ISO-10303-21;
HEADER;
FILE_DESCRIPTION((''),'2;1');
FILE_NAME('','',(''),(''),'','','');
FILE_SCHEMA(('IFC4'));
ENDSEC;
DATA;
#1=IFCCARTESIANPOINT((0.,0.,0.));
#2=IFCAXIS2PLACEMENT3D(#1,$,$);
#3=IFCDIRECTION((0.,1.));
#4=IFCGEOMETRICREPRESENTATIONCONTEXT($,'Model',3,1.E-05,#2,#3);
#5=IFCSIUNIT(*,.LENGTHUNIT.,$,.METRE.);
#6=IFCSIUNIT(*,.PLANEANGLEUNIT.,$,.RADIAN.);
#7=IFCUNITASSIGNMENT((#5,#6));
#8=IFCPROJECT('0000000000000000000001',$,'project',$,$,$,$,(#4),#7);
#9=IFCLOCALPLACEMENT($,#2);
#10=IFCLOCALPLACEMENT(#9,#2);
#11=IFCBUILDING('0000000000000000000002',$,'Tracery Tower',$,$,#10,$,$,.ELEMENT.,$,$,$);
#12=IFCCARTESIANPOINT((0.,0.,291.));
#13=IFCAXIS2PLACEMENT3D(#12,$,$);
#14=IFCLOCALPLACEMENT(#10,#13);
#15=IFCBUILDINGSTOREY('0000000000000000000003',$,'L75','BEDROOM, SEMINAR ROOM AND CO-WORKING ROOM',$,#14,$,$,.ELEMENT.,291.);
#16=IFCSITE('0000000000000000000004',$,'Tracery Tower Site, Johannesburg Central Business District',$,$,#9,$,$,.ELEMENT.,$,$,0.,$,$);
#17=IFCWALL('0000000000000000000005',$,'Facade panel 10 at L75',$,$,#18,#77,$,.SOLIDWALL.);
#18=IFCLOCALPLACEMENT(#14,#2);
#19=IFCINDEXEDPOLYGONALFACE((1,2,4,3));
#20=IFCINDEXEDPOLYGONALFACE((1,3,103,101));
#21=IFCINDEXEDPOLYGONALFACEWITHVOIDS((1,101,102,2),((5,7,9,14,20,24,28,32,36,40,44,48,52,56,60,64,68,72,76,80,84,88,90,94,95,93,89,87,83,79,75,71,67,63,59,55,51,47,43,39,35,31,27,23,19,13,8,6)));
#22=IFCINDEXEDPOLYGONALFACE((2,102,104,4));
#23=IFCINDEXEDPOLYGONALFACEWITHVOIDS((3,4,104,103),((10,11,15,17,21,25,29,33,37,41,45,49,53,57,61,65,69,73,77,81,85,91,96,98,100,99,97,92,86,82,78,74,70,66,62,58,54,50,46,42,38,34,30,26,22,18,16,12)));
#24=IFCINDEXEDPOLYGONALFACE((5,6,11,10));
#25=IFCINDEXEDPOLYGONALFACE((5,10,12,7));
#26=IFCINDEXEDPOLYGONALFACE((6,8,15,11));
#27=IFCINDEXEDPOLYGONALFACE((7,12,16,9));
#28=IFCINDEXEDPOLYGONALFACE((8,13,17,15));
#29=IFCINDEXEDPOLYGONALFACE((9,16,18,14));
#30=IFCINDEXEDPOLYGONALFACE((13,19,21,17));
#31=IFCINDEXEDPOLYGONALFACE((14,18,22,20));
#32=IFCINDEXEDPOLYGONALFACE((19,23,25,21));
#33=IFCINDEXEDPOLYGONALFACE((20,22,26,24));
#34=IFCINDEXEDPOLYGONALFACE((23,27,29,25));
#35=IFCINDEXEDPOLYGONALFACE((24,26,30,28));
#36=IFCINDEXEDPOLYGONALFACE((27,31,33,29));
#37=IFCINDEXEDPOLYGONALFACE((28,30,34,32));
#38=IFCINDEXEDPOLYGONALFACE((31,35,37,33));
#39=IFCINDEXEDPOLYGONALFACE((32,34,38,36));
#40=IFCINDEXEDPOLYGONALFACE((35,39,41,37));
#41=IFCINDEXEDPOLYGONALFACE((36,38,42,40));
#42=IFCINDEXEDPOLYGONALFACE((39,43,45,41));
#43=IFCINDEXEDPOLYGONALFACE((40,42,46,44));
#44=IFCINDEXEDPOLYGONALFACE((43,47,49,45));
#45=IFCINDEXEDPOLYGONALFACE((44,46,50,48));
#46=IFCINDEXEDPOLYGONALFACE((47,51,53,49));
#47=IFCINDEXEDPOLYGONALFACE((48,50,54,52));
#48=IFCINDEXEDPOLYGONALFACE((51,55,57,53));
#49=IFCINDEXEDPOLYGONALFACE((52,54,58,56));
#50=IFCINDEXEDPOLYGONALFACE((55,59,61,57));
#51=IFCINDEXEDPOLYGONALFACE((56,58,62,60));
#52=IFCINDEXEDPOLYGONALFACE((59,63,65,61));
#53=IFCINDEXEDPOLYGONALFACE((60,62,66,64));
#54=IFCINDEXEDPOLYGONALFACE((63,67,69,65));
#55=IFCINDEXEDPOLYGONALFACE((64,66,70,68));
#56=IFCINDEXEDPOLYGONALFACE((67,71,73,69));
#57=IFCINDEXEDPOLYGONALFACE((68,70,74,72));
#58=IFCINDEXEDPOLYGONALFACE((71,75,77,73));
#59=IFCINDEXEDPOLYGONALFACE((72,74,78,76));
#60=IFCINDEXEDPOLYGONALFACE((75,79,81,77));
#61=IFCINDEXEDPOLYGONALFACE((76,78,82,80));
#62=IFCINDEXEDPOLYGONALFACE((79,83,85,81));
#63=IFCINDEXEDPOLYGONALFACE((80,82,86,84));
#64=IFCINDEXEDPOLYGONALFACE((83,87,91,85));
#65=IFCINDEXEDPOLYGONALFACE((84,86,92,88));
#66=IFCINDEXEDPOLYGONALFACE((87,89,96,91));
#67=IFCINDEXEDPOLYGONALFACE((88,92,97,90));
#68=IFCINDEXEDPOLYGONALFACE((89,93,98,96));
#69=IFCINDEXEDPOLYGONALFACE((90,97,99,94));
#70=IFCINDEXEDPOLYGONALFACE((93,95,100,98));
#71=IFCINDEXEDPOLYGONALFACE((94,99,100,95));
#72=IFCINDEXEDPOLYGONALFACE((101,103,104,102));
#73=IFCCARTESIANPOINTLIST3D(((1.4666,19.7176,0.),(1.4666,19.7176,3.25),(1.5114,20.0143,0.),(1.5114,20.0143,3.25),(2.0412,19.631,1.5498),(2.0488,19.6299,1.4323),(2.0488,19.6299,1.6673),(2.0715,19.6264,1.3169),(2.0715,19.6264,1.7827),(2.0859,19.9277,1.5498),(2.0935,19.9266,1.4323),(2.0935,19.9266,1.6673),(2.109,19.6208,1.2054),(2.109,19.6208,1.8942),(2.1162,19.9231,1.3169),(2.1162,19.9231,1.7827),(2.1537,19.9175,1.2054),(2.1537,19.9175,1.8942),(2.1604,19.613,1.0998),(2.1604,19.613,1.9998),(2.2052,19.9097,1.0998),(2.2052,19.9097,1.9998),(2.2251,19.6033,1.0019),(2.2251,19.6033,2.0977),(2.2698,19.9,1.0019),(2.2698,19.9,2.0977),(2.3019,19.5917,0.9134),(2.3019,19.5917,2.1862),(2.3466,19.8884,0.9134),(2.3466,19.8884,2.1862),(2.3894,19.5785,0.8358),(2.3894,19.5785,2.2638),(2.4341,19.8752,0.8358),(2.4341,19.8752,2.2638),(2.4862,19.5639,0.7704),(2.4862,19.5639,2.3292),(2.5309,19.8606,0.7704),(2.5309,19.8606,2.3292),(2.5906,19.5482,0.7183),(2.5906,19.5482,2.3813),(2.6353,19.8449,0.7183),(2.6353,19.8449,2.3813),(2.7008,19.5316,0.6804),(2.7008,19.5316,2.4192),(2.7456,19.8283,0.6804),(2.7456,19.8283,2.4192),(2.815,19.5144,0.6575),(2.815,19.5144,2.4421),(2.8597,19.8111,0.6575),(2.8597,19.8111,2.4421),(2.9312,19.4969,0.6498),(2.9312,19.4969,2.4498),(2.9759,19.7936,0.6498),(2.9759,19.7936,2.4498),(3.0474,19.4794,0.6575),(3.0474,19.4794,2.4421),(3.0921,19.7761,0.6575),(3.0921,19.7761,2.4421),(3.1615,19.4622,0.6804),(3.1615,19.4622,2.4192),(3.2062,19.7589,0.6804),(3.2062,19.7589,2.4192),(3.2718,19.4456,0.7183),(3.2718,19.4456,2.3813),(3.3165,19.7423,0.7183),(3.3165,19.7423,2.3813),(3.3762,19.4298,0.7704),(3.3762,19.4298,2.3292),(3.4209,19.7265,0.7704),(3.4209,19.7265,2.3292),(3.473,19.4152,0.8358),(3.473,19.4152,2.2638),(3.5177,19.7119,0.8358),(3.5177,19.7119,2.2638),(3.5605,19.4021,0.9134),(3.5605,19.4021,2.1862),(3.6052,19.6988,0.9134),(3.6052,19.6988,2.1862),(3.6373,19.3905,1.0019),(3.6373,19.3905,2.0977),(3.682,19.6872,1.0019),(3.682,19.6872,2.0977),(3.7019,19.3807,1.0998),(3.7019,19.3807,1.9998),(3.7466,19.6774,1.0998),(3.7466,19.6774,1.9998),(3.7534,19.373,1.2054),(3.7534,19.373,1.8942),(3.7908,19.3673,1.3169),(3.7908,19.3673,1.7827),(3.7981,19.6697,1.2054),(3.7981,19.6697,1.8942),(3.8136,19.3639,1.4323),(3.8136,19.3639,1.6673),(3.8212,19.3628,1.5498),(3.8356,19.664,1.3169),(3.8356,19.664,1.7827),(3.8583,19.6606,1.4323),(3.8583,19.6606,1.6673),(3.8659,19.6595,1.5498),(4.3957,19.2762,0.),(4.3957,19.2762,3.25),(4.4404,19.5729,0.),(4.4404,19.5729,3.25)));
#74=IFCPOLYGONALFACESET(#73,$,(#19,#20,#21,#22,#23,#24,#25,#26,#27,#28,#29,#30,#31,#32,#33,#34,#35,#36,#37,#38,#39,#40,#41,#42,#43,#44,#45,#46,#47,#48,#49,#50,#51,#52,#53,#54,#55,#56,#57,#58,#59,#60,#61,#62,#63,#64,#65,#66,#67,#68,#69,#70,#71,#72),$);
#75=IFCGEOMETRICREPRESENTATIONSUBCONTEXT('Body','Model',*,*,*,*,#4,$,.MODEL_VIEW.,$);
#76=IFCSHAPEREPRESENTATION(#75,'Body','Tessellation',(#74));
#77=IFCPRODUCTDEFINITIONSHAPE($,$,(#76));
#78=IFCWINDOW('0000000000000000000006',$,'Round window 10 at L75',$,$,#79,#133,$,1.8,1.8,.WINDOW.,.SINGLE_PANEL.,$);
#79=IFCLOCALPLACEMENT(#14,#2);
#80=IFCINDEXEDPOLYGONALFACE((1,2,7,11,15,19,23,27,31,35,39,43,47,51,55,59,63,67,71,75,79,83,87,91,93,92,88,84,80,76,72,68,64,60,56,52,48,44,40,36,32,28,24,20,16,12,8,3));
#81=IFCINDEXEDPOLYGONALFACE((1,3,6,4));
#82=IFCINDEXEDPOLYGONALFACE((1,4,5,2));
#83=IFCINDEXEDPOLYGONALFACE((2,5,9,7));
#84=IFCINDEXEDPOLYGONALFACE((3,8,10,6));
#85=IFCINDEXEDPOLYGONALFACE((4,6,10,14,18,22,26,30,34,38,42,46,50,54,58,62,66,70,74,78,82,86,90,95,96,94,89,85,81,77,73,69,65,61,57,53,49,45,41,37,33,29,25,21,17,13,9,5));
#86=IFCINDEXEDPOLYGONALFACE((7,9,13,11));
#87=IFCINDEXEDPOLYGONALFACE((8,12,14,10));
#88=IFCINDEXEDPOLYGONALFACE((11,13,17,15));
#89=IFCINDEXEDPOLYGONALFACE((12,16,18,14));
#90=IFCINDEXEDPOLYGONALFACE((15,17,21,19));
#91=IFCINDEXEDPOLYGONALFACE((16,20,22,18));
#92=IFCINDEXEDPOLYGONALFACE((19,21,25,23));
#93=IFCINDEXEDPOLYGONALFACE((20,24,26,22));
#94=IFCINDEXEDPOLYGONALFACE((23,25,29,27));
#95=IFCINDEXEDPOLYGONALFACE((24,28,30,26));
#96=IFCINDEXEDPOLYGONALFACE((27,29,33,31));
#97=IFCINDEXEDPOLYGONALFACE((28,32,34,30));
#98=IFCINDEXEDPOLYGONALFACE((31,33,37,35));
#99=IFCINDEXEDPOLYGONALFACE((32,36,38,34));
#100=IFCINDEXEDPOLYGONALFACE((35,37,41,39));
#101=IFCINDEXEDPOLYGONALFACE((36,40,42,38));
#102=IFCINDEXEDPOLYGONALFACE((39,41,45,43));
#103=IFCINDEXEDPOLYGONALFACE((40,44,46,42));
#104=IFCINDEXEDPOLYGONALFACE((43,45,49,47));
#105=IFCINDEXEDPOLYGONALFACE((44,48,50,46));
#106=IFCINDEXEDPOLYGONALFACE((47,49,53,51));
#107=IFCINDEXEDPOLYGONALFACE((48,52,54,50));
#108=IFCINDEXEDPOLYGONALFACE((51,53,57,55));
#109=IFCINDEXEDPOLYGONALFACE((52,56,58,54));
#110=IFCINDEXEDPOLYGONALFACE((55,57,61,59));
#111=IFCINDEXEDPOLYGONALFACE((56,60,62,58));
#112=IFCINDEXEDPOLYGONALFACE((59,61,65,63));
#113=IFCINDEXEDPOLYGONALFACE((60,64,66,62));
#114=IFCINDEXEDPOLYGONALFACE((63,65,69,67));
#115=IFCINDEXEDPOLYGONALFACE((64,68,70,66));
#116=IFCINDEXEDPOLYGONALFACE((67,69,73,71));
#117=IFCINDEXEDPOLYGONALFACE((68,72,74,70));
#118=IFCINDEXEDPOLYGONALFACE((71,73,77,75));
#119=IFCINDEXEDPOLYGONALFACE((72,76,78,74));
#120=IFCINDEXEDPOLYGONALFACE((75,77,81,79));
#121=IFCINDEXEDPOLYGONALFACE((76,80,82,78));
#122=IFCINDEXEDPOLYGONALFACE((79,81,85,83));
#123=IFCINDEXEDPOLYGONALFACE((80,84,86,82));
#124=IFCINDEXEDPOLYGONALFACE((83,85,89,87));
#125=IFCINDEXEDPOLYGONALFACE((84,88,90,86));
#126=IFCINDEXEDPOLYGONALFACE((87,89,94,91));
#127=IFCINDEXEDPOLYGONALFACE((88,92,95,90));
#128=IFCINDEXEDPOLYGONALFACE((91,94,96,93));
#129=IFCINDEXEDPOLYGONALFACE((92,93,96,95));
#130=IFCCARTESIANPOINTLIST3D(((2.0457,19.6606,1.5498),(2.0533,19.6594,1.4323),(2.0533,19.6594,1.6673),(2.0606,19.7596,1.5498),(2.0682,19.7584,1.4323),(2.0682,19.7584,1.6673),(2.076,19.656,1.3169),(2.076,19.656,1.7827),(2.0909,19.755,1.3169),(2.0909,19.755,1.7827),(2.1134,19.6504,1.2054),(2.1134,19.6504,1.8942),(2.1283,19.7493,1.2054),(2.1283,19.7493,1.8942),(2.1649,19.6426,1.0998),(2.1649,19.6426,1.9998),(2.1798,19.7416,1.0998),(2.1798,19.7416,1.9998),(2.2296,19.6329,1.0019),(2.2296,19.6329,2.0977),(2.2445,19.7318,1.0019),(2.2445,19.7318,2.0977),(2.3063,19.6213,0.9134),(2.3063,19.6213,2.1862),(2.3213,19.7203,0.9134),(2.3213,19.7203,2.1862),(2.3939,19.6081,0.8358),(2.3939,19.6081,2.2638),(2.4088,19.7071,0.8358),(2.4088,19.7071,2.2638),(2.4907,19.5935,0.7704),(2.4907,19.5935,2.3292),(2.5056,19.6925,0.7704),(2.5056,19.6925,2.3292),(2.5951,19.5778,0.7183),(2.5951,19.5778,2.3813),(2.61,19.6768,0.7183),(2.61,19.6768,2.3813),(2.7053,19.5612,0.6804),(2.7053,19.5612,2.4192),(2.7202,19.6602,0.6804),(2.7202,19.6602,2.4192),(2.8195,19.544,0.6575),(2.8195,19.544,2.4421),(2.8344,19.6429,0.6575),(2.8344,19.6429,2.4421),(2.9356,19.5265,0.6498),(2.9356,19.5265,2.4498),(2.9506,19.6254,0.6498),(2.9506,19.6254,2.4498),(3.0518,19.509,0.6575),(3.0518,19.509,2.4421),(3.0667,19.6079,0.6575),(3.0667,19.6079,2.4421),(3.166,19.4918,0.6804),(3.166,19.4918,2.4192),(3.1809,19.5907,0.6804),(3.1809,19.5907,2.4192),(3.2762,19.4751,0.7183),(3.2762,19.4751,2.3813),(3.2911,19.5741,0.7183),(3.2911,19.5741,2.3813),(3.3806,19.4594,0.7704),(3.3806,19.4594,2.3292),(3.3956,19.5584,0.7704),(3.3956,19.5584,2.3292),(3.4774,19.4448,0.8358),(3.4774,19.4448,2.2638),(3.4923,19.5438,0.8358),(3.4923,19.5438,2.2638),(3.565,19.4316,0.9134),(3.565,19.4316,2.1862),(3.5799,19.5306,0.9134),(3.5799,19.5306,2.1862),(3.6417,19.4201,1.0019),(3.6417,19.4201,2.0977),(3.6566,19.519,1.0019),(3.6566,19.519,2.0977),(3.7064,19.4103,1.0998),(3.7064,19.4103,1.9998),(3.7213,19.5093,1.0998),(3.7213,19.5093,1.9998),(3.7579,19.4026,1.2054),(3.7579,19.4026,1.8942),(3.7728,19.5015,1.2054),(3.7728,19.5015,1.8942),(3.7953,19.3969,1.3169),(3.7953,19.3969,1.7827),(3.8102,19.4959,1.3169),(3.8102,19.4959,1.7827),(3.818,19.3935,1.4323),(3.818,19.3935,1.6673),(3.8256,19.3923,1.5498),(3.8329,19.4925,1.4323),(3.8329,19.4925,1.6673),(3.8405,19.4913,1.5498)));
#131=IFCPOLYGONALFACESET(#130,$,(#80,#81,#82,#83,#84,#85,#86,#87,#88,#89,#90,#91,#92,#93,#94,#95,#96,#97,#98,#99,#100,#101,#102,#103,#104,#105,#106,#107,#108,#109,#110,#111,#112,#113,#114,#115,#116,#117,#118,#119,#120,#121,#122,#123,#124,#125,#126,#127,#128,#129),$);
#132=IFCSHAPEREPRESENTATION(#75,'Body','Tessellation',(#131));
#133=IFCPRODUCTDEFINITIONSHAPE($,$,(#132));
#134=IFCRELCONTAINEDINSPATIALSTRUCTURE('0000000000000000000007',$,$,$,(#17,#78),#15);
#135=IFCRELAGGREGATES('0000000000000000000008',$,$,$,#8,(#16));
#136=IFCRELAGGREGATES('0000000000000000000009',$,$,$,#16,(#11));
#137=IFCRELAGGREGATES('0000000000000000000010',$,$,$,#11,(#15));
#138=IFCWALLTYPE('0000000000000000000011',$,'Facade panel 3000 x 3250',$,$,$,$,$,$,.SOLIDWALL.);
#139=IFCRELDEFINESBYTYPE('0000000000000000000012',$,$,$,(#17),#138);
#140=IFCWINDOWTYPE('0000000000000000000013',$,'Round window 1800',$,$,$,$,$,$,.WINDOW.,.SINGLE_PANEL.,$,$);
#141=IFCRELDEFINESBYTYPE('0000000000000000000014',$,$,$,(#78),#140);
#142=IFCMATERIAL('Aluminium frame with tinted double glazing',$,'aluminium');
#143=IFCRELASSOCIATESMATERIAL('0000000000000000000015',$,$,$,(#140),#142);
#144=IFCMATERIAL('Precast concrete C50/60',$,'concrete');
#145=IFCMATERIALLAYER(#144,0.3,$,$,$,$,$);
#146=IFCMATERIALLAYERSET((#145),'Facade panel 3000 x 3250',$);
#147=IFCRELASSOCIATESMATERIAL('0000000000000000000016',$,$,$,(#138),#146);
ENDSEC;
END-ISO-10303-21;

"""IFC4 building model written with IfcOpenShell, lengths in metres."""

from ifc_helpers import new_model, si_unit, direction, frame, frame_2d, origin, origin_2d, place, context, subcontext, project, spatial, rectangle, circle, extrude, material, layer, layer_set, type_object, element, fill, save


model = new_model("IFC4")

# Units and contexts
model_context = context("Model", 3, precision=1e-05, world=origin(), true_north=direction((0.0, 1.0)))
body_context = subcontext(model_context, "Body", "Model", "MODEL_VIEW")
ifc_project = project(units=[si_unit("LENGTHUNIT", "METRE"), si_unit("PLANEANGLEUNIT", "RADIAN")], contexts=[model_context])

# Site, building, storey
site_placement = place(None, origin())
site = spatial("IfcSite", under=ifc_project, at=site_placement, Name="Tracery Tower Site, Johannesburg Central Business District", CompositionType="ELEMENT", RefElevation=0.0)
building_placement = place(site_placement, origin())
building = spatial("IfcBuilding", under=site, at=building_placement, Name="Tracery Tower", CompositionType="ELEMENT")
storey_placement = place(building_placement, frame((0.0, 0.0, 291.0)))
storey = spatial("IfcBuildingStorey", under=building, at=storey_placement, Name="L75", Description="BEDROOM, SEMINAR ROOM AND CO-WORKING ROOM", CompositionType="ELEMENT", Elevation=291.0)

# Wall, opening, window
ifc_material_1 = material(Name="Aluminium frame with tinted double glazing", Category="aluminium")
window_type = type_object("IfcWindowType", Name="Round window 1800", PartitioningType="SINGLE_PANEL", PredefinedType="WINDOW", material=ifc_material_1)
ifc_material_2 = material(Name="Precast concrete C50/60", Category="concrete")
ifc_layer_1 = layer(ifc_material_2, 0.3)
ifc_layer_set_1 = layer_set([ifc_layer_1], Name="Facade panel 3000 x 3250")
wall_type_1 = type_object("IfcWallType", Name="Facade panel 3000 x 3250", PredefinedType="SOLIDWALL", material=ifc_layer_set_1)
wall_1_placement = place(storey_placement, frame((4.418, 19.4246, 0.0), z_axis=(0.0, 0.0, 1.0), x_axis=(-0.988836, 0.149009, 0.0)))
wall_1 = element("IfcWall", 1, at=wall_1_placement, inside=storey, type_object=wall_type_1, Name="Facade panel 10 at L75", PredefinedType="SOLIDWALL", context=body_context, shape_type="SweptSolid", body=[
    extrude(rectangle(XDim=2.9622, YDim=0.3, at=frame_2d((1.481, 0.0))), origin(), (0.0, 0.0, 1.0), 3.25),
])
opening_1_placement = place(wall_1_placement, frame((1.481, 0.0, 1.5498)))
opening_1 = element("IfcOpeningElement", 2, at=opening_1_placement, cuts=wall_1, PredefinedType="OPENING", context=body_context, shape_type="SweptSolid", body=[
    extrude(circle(Radius=0.9, at=origin_2d()), frame((0.0, 0.1599, 0.0), z_axis=(0.0, -1.0, 0.0), x_axis=(1.0, 0.0, 0.0)), (0.0, 0.0, 1.0), 0.3201),
])
window_1_placement = place(opening_1_placement, origin())
window_1 = element("IfcWindow", 3, at=window_1_placement, inside=storey, type_object=window_type, Name="Round window 10 at L75", OverallHeight=1.8, OverallWidth=1.8, PartitioningType="SINGLE_PANEL", PredefinedType="WINDOW", context=body_context, shape_type="SweptSolid", body=[
    extrude(circle(Radius=0.9, at=origin_2d()), frame((0.0, 0.1201, 0.0), z_axis=(0.0, -1.0, 0.0), x_axis=(1.0, 0.0, 0.0)), (0.0, 0.0, 1.0), 0.1001),
])
fill(opening_1, window_1)

save(model, "model.ifc")
